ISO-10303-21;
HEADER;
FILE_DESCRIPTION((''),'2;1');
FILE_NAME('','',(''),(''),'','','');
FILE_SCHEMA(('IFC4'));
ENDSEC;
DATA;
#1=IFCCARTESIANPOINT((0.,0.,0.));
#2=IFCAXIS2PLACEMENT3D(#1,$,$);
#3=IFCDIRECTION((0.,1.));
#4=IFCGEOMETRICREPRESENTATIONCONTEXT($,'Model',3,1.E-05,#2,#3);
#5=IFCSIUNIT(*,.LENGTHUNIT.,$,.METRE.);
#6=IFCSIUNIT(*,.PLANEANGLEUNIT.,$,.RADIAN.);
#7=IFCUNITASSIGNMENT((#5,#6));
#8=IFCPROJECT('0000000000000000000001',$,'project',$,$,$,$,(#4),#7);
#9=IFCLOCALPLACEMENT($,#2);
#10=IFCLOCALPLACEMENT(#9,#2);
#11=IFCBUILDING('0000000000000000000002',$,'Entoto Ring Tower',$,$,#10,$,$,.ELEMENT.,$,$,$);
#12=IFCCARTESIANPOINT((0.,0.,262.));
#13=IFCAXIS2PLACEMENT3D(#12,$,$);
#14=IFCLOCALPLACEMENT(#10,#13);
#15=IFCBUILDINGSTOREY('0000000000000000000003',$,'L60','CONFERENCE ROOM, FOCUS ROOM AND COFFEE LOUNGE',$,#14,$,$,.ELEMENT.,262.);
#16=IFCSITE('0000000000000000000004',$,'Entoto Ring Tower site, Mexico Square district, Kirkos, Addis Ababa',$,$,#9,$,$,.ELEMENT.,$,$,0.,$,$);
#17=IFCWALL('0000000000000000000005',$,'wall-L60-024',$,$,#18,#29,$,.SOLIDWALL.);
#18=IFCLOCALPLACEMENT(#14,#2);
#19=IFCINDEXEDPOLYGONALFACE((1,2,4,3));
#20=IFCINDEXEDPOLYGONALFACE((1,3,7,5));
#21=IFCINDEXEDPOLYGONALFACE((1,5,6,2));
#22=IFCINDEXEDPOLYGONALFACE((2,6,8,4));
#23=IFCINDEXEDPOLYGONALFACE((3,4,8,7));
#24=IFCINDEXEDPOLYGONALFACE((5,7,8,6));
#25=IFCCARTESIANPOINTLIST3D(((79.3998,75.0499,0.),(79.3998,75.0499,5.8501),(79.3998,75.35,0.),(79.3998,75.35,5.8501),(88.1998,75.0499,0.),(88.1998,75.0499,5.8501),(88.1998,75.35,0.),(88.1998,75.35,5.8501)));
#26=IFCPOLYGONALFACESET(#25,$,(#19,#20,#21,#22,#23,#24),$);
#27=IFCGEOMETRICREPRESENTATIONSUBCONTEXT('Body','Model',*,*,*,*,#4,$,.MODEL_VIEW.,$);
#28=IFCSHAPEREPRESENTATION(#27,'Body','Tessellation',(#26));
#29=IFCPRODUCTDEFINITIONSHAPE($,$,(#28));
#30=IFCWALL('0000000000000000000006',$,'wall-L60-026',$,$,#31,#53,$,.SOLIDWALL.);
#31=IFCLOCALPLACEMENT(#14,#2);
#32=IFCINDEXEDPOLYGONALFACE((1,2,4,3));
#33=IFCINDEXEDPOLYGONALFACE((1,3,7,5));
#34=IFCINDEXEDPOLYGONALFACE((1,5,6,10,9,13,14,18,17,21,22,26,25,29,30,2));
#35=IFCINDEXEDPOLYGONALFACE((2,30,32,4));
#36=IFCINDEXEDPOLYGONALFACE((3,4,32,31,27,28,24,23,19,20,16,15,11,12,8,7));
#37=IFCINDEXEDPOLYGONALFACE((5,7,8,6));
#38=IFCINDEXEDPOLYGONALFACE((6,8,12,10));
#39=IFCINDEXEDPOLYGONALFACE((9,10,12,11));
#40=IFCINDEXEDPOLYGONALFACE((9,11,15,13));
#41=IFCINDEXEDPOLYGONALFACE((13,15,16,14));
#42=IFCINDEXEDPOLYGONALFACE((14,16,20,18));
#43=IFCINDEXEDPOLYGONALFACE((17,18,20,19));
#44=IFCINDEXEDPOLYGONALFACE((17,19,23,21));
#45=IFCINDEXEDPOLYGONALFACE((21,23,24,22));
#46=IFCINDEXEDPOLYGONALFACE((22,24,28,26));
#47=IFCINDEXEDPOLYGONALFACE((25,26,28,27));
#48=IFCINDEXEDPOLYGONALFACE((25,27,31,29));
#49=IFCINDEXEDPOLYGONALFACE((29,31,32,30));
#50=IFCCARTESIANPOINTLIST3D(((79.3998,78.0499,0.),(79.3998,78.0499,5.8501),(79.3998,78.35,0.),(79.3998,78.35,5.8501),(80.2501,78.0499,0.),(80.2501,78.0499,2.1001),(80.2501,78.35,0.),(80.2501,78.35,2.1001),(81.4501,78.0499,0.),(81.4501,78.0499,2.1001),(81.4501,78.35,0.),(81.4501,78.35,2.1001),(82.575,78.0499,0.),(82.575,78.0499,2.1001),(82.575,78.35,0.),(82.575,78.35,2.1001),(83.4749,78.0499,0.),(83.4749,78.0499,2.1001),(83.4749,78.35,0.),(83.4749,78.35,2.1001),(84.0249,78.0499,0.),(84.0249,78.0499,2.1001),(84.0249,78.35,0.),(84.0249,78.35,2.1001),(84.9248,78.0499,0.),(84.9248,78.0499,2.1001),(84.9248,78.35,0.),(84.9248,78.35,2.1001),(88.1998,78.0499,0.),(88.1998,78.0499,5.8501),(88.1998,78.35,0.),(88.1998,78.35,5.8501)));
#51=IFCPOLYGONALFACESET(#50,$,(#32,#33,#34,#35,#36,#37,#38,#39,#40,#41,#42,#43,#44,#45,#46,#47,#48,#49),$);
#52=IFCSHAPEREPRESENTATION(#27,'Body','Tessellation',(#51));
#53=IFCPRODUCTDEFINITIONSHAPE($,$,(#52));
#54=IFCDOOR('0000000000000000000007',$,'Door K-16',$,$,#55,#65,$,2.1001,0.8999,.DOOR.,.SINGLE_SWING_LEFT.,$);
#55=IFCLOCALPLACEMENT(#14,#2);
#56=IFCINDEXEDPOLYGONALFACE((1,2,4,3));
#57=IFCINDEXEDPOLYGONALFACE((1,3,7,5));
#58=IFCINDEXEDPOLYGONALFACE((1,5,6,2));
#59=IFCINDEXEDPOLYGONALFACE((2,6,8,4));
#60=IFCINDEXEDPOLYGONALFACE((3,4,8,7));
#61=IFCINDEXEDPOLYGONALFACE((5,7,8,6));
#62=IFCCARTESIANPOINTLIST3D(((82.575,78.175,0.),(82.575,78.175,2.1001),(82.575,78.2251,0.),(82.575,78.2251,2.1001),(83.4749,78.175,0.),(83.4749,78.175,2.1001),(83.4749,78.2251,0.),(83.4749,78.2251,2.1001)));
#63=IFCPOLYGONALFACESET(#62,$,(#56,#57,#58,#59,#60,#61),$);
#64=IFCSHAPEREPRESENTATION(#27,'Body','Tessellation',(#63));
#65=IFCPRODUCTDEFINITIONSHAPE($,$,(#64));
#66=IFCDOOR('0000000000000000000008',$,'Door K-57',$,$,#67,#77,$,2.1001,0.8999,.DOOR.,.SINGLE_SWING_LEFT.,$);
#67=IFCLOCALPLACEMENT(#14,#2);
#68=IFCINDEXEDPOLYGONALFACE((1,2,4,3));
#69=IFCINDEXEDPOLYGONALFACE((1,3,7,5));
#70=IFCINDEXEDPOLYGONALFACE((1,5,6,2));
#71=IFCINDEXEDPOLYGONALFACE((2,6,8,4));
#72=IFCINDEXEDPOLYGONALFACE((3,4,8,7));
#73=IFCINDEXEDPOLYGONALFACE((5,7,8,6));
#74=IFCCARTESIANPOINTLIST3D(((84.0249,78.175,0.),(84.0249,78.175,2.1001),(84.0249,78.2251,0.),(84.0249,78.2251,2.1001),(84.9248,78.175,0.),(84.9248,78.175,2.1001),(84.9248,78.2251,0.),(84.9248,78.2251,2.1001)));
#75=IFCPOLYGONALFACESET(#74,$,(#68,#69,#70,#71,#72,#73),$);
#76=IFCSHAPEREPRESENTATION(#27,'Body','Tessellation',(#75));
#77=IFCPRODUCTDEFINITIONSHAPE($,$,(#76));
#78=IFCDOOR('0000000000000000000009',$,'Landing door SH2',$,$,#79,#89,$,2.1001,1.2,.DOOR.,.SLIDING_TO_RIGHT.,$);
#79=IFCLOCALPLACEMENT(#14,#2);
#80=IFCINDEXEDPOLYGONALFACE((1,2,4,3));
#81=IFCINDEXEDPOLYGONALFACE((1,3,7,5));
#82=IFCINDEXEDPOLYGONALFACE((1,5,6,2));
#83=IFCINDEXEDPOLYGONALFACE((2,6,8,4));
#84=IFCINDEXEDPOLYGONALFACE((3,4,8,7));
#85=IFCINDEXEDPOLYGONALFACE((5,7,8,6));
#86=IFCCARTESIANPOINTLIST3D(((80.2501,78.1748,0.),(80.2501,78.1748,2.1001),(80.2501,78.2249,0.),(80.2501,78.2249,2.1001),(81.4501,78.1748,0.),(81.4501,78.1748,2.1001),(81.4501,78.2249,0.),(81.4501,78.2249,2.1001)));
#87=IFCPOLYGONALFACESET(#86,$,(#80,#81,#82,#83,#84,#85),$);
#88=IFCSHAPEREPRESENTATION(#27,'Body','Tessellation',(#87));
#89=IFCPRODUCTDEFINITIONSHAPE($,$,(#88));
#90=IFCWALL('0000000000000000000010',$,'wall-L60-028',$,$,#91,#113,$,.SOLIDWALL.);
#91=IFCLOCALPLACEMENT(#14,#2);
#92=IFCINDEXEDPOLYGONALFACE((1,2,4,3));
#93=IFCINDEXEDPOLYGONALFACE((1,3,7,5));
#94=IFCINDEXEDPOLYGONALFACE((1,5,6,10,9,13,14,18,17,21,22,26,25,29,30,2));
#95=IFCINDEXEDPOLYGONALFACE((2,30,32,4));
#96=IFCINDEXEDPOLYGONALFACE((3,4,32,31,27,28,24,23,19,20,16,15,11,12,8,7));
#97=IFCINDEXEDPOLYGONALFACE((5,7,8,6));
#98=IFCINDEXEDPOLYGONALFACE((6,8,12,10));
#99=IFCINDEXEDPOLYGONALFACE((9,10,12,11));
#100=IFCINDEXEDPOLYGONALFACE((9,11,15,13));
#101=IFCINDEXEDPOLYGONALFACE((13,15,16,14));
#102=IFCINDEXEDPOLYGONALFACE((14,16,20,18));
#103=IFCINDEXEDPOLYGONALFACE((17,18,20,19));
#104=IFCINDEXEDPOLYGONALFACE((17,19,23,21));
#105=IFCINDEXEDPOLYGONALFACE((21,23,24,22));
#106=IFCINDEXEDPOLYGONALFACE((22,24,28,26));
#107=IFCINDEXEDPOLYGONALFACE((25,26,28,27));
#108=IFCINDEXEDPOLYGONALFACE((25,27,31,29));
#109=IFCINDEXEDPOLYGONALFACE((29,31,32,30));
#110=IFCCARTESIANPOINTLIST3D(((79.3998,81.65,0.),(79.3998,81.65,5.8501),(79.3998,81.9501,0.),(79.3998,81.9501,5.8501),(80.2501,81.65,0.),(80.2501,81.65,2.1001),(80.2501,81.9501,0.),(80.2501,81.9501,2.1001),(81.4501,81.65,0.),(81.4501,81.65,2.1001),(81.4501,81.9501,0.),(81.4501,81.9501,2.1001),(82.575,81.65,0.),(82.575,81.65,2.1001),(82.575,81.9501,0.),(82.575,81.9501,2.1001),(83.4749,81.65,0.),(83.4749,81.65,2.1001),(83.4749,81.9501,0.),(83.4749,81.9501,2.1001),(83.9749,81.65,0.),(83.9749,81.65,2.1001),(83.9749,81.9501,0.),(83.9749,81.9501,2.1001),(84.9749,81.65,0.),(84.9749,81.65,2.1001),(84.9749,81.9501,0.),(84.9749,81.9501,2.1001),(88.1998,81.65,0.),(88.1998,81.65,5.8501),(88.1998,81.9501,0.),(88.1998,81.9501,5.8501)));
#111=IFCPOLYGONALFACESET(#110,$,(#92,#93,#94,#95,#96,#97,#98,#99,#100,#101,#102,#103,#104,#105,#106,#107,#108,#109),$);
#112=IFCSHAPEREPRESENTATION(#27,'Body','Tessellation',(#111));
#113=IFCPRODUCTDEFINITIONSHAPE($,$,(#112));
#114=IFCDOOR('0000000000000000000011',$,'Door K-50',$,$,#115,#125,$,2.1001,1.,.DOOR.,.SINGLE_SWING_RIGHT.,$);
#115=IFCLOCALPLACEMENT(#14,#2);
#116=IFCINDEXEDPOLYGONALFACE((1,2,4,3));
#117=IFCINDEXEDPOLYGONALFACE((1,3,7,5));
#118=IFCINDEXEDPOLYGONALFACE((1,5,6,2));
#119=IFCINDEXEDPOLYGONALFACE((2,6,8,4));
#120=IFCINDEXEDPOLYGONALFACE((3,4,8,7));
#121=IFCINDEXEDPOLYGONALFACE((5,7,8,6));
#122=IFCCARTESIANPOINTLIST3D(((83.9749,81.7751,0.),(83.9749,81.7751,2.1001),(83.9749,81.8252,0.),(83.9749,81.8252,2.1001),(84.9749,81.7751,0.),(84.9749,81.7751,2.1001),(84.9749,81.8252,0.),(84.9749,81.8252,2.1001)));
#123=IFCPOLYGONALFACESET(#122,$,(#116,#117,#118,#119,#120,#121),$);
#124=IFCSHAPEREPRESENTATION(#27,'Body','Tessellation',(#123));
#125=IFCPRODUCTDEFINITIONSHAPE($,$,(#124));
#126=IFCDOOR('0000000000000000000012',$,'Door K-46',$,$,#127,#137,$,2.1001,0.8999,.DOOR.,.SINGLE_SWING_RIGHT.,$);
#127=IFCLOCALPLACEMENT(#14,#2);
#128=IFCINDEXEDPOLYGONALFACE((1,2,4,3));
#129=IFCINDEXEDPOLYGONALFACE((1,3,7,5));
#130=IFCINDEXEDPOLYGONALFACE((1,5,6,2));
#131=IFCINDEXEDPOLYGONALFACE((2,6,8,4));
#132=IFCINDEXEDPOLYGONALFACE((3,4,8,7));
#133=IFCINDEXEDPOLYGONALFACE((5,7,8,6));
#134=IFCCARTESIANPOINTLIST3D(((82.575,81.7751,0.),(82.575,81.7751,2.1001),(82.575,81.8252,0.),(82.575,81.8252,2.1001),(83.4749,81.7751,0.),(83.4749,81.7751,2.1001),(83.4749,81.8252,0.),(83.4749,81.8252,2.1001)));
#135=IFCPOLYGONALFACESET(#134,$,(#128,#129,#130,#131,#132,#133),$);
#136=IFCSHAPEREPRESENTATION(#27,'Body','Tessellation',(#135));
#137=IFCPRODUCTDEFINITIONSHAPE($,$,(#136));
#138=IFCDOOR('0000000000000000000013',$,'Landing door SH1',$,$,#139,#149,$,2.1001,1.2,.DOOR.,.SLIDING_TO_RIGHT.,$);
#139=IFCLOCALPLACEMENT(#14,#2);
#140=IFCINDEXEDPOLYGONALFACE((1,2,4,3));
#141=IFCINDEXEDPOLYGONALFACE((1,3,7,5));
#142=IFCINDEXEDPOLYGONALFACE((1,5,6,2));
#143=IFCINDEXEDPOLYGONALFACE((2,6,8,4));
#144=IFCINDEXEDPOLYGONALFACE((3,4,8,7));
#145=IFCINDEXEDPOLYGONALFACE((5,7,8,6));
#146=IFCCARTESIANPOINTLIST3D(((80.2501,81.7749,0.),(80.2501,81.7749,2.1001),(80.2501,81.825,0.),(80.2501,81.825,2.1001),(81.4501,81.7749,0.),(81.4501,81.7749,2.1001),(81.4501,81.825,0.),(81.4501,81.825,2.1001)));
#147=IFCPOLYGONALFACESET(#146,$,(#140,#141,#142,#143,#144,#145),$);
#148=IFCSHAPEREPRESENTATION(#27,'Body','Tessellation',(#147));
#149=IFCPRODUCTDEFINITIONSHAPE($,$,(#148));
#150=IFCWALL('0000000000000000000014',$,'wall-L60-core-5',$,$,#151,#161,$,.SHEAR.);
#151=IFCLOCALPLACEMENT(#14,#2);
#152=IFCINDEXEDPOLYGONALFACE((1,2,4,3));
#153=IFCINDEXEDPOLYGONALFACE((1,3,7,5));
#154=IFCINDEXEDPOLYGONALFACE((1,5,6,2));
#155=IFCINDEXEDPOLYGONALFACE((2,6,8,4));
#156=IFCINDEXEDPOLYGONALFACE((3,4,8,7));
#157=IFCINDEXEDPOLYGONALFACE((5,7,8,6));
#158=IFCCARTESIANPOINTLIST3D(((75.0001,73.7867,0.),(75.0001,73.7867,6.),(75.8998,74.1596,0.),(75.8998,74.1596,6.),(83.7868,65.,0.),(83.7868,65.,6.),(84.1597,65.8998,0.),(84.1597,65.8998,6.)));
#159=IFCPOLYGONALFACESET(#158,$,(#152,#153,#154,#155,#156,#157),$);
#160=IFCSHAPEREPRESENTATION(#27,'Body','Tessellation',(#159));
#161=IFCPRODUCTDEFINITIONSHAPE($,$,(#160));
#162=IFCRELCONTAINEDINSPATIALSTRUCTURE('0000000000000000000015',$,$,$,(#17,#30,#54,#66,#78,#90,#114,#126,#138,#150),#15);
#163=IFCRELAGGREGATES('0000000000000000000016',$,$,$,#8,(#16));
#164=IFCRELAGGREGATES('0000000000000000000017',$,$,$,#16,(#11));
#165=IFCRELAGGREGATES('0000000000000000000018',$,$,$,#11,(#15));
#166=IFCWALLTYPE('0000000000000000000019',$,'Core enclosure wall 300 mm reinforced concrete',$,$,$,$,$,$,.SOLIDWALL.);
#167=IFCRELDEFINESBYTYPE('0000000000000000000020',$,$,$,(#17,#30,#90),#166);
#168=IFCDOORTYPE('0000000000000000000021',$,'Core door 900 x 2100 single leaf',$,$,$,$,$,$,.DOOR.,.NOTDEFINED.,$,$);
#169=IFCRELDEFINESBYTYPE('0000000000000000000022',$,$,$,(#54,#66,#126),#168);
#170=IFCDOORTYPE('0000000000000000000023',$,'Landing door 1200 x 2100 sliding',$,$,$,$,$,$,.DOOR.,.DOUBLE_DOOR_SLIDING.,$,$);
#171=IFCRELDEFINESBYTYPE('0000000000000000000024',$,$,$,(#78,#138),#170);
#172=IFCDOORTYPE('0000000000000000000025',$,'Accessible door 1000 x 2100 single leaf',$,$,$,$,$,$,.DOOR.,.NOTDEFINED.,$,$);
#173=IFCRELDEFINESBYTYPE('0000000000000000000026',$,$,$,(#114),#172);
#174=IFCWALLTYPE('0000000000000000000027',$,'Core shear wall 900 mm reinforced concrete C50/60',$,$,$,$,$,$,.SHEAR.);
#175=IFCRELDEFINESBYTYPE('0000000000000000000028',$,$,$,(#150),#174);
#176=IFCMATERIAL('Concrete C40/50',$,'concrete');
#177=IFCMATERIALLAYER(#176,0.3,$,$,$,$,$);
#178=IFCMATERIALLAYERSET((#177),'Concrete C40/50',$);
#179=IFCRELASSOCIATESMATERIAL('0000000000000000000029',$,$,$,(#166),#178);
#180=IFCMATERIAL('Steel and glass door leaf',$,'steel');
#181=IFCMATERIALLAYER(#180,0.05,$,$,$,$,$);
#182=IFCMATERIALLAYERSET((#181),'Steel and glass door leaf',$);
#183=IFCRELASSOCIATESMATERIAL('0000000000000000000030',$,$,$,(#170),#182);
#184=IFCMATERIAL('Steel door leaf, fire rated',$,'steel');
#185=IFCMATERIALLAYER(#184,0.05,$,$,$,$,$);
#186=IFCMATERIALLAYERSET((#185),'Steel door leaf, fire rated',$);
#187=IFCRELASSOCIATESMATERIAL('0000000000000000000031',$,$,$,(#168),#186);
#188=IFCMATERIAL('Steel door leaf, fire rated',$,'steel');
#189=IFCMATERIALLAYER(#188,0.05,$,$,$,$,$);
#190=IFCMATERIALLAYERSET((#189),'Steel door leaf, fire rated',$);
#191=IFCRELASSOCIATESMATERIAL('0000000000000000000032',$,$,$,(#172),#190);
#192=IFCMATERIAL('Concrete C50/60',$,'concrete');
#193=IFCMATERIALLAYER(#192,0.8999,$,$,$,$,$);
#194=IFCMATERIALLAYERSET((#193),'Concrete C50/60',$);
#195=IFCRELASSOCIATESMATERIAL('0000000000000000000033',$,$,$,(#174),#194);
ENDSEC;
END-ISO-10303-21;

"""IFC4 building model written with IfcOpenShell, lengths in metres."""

from ifc_helpers import new_model, si_unit, direction, frame, frame_2d, origin, place, context, subcontext, project, spatial, polyline, rectangle, outline, extrude, material, layer, layer_set, type_object, element, fill, save


model = new_model("IFC4")

# Units and contexts
model_context = context("Model", 3, precision=1e-05, world=origin(), true_north=direction((0.0, 1.0)))
body_context = subcontext(model_context, "Body", "Model", "MODEL_VIEW")
ifc_project = project(units=[si_unit("LENGTHUNIT", "METRE"), si_unit("PLANEANGLEUNIT", "RADIAN")], contexts=[model_context])

# Site, building, storey
site_placement = place(None, origin())
site = spatial("IfcSite", under=ifc_project, at=site_placement, Name="Entoto Ring Tower site, Mexico Square district, Kirkos, Addis Ababa", CompositionType="ELEMENT", RefElevation=0.0)
building_placement = place(site_placement, origin())
building = spatial("IfcBuilding", under=site, at=building_placement, Name="Entoto Ring Tower", CompositionType="ELEMENT")
storey_placement = place(building_placement, frame((0.0, 0.0, 262.0)))
storey = spatial("IfcBuildingStorey", under=building, at=storey_placement, Name="L60", Description="CONFERENCE ROOM, FOCUS ROOM AND COFFEE LOUNGE", CompositionType="ELEMENT", Elevation=262.0)

# Shared definitions
ifc_material_1 = material(Name="Concrete C40/50", Category="concrete")
ifc_layer_1 = layer(ifc_material_1, 0.3)
ifc_layer_set_1 = layer_set([ifc_layer_1], Name="Concrete C40/50")
wall_type_1 = type_object("IfcWallType", Name="Core enclosure wall 300 mm reinforced concrete", PredefinedType="SOLIDWALL", material=ifc_layer_set_1)
ifc_material_2 = material(Name="Steel and glass door leaf", Category="steel")
ifc_layer_2 = layer(ifc_material_2, 0.05)
ifc_layer_set_2 = layer_set([ifc_layer_2], Name="Steel and glass door leaf")
door_type_1 = type_object("IfcDoorType", Name="Landing door 1200 x 2100 sliding", OperationType="DOUBLE_DOOR_SLIDING", PredefinedType="DOOR", material=ifc_layer_set_2)

# Wall
wall_1_placement = place(storey_placement, frame((79.3999, 75.2, 0.0), z_axis=(0.0, 0.0, 1.0), x_axis=(1.0, 0.0, 0.0)))
element("IfcWall", 1, at=wall_1_placement, inside=storey, type_object=wall_type_1, Name="wall-L60-024", PredefinedType="SOLIDWALL", context=body_context, shape_type="SweptSolid", body=[
    extrude(rectangle(XDim=8.8, YDim=0.3, at=frame_2d((4.3999, 0.0))), origin(), (0.0, 0.0, 1.0), 5.8501),
])

# Walls, openings, doors
wall_2_placement = place(storey_placement, frame((79.3999, 78.2, 0.0), z_axis=(0.0, 0.0, 1.0), x_axis=(1.0, 0.0, 0.0)))
wall_2 = element("IfcWall", 2, at=wall_2_placement, inside=storey, type_object=wall_type_1, Name="wall-L60-026", PredefinedType="SOLIDWALL", context=body_context, shape_type="SweptSolid", body=[
    extrude(rectangle(XDim=8.8, YDim=0.3, at=frame_2d((4.3999, 0.0))), origin(), (0.0, 0.0, 1.0), 5.8501),
])
opening_1_placement = place(wall_2_placement, frame((0.8501, 0.0, 0.0)))
opening_1 = element("IfcOpeningElement", 3, at=opening_1_placement, cuts=wall_2, PredefinedType="OPENING", context=body_context, shape_type="SweptSolid", body=[
    extrude(rectangle(XDim=1.2, YDim=2.1001, at=frame_2d((0.6001, 1.05))), frame((0.0, 0.1602, 0.0), z_axis=(0.0, -1.0, 0.0), x_axis=(1.0, 0.0, 0.0)), (0.0, 0.0, 1.0), 0.3201),
])
opening_2_placement = place(wall_2_placement, frame((3.175, 0.0, 0.0)))
opening_2 = element("IfcOpeningElement", 4, at=opening_2_placement, cuts=wall_2, PredefinedType="OPENING", context=body_context, shape_type="SweptSolid", body=[
    extrude(rectangle(XDim=0.8999, YDim=2.1001, at=frame_2d((0.45, 1.05))), frame((0.0, 0.1602, 0.0), z_axis=(0.0, -1.0, 0.0), x_axis=(1.0, 0.0, 0.0)), (0.0, 0.0, 1.0), 0.3201),
])
opening_3_placement = place(wall_2_placement, frame((4.625, 0.0, 0.0)))
opening_3 = element("IfcOpeningElement", 5, at=opening_3_placement, cuts=wall_2, PredefinedType="OPENING", context=body_context, shape_type="SweptSolid", body=[
    extrude(rectangle(XDim=0.8999, YDim=2.1001, at=frame_2d((0.45, 1.05))), frame((0.0, 0.1602, 0.0), z_axis=(0.0, -1.0, 0.0), x_axis=(1.0, 0.0, 0.0)), (0.0, 0.0, 1.0), 0.3201),
])
ifc_material_3 = material(Name="Steel door leaf, fire rated", Category="steel")
ifc_layer_3 = layer(ifc_material_3, 0.05)
ifc_layer_set_3 = layer_set([ifc_layer_3], Name="Steel door leaf, fire rated")
door_type_2 = type_object("IfcDoorType", Name="Core door 900 x 2100 single leaf", OperationType="NOTDEFINED", PredefinedType="DOOR", material=ifc_layer_set_3)
door_1_placement = place(opening_2_placement, frame((0.8999, 0.0, 0.0), z_axis=(0.0, 0.0, 1.0), x_axis=(-1.0, 0.0, 0.0)))
door_1 = element("IfcDoor", 6, at=door_1_placement, inside=storey, type_object=door_type_2, Name="Door K-16", OperationType="SINGLE_SWING_LEFT", OverallHeight=2.1001, OverallWidth=0.8999, PredefinedType="DOOR", context=body_context, shape_type="SweptSolid", body=[
    extrude(rectangle(XDim=0.8999, YDim=2.1001, at=frame_2d((0.45, 1.05))), frame((0.0, 0.0249, 0.0), z_axis=(0.0, -1.0, 0.0), x_axis=(1.0, 0.0, 0.0)), (0.0, 0.0, 1.0), 0.05),
])
fill(opening_2, door_1)
door_2_placement = place(opening_3_placement, frame((0.8999, 0.0, 0.0), z_axis=(0.0, 0.0, 1.0), x_axis=(-1.0, 0.0, 0.0)))
door_2 = element("IfcDoor", 7, at=door_2_placement, inside=storey, type_object=door_type_2, Name="Door K-57", OperationType="SINGLE_SWING_LEFT", OverallHeight=2.1001, OverallWidth=0.8999, PredefinedType="DOOR", context=body_context, shape_type="SweptSolid", body=[
    extrude(rectangle(XDim=0.8999, YDim=2.1001, at=frame_2d((0.45, 1.05))), frame((0.0, 0.0249, 0.0), z_axis=(0.0, -1.0, 0.0), x_axis=(1.0, 0.0, 0.0)), (0.0, 0.0, 1.0), 0.05),
])
fill(opening_3, door_2)
door_3_placement = place(opening_1_placement, origin())
door_3 = element("IfcDoor", 8, at=door_3_placement, inside=storey, type_object=door_type_1, Name="Landing door SH2", OperationType="SLIDING_TO_RIGHT", OverallHeight=2.1001, OverallWidth=1.2, PredefinedType="DOOR", context=body_context, shape_type="SweptSolid", body=[
    extrude(rectangle(XDim=1.2, YDim=2.1001, at=frame_2d((0.6001, 1.05))), frame((0.0, 0.0249, 0.0), z_axis=(0.0, -1.0, 0.0), x_axis=(1.0, 0.0, 0.0)), (0.0, 0.0, 1.0), 0.05),
])
fill(opening_1, door_3)
wall_3_placement = place(storey_placement, frame((79.3999, 81.8, 0.0), z_axis=(0.0, 0.0, 1.0), x_axis=(1.0, 0.0, 0.0)))
wall_3 = element("IfcWall", 9, at=wall_3_placement, inside=storey, type_object=wall_type_1, Name="wall-L60-028", PredefinedType="SOLIDWALL", context=body_context, shape_type="SweptSolid", body=[
    extrude(rectangle(XDim=8.8, YDim=0.3, at=frame_2d((4.3999, 0.0))), origin(), (0.0, 0.0, 1.0), 5.8501),
])
opening_4_placement = place(wall_3_placement, frame((0.8501, 0.0, 0.0)))
opening_4 = element("IfcOpeningElement", 10, at=opening_4_placement, cuts=wall_3, PredefinedType="OPENING", context=body_context, shape_type="SweptSolid", body=[
    extrude(rectangle(XDim=1.2, YDim=2.1001, at=frame_2d((0.6001, 1.05))), frame((0.0, 0.1602, 0.0), z_axis=(0.0, -1.0, 0.0), x_axis=(1.0, 0.0, 0.0)), (0.0, 0.0, 1.0), 0.3201),
])
opening_5_placement = place(wall_3_placement, frame((3.175, 0.0, 0.0)))
opening_5 = element("IfcOpeningElement", 11, at=opening_5_placement, cuts=wall_3, PredefinedType="OPENING", context=body_context, shape_type="SweptSolid", body=[
    extrude(rectangle(XDim=0.8999, YDim=2.1001, at=frame_2d((0.45, 1.05))), frame((0.0, 0.1602, 0.0), z_axis=(0.0, -1.0, 0.0), x_axis=(1.0, 0.0, 0.0)), (0.0, 0.0, 1.0), 0.3201),
])
opening_6_placement = place(wall_3_placement, frame((4.575, 0.0, 0.0)))
opening_6 = element("IfcOpeningElement", 12, at=opening_6_placement, cuts=wall_3, PredefinedType="OPENING", context=body_context, shape_type="SweptSolid", body=[
    extrude(rectangle(XDim=1.0, YDim=2.1001, at=frame_2d((0.5, 1.05))), frame((0.0, 0.1602, 0.0), z_axis=(0.0, -1.0, 0.0), x_axis=(1.0, 0.0, 0.0)), (0.0, 0.0, 1.0), 0.3201),
])
ifc_material_4 = material(Name="Steel door leaf, fire rated", Category="steel")
ifc_layer_4 = layer(ifc_material_4, 0.05)
ifc_layer_set_4 = layer_set([ifc_layer_4], Name="Steel door leaf, fire rated")
door_type_3 = type_object("IfcDoorType", Name="Accessible door 1000 x 2100 single leaf", OperationType="NOTDEFINED", PredefinedType="DOOR", material=ifc_layer_set_4)
door_4_placement = place(opening_6_placement, frame((1.0, 0.0, 0.0), z_axis=(0.0, 0.0, 1.0), x_axis=(-1.0, 0.0, 0.0)))
door_4 = element("IfcDoor", 13, at=door_4_placement, inside=storey, type_object=door_type_3, Name="Door K-50", OperationType="SINGLE_SWING_RIGHT", OverallHeight=2.1001, OverallWidth=1.0, PredefinedType="DOOR", context=body_context, shape_type="SweptSolid", body=[
    extrude(rectangle(XDim=1.0, YDim=2.1001, at=frame_2d((0.5, 1.05))), frame((0.0, 0.0249, 0.0), z_axis=(0.0, -1.0, 0.0), x_axis=(1.0, 0.0, 0.0)), (0.0, 0.0, 1.0), 0.05),
])
fill(opening_6, door_4)
door_5_placement = place(opening_5_placement, frame((0.8999, 0.0, 0.0), z_axis=(0.0, 0.0, 1.0), x_axis=(-1.0, 0.0, 0.0)))
door_5 = element("IfcDoor", 14, at=door_5_placement, inside=storey, type_object=door_type_2, Name="Door K-46", OperationType="SINGLE_SWING_RIGHT", OverallHeight=2.1001, OverallWidth=0.8999, PredefinedType="DOOR", context=body_context, shape_type="SweptSolid", body=[
    extrude(rectangle(XDim=0.8999, YDim=2.1001, at=frame_2d((0.45, 1.05))), frame((0.0, 0.0249, 0.0), z_axis=(0.0, -1.0, 0.0), x_axis=(1.0, 0.0, 0.0)), (0.0, 0.0, 1.0), 0.05),
])
fill(opening_5, door_5)
door_6_placement = place(opening_4_placement, origin())
door_6 = element("IfcDoor", 15, at=door_6_placement, inside=storey, type_object=door_type_1, Name="Landing door SH1", OperationType="SLIDING_TO_RIGHT", OverallHeight=2.1001, OverallWidth=1.2, PredefinedType="DOOR", context=body_context, shape_type="SweptSolid", body=[
    extrude(rectangle(XDim=1.2, YDim=2.1001, at=frame_2d((0.6001, 1.05))), frame((0.0, 0.0249, 0.0), z_axis=(0.0, -1.0, 0.0), x_axis=(1.0, 0.0, 0.0)), (0.0, 0.0, 1.0), 0.05),
])
fill(opening_4, door_6)

# Wall
ifc_material_5 = material(Name="Concrete C50/60", Category="concrete")
ifc_layer_5 = layer(ifc_material_5, 0.8999)
ifc_layer_set_5 = layer_set([ifc_layer_5], Name="Concrete C50/60")
wall_type_2 = type_object("IfcWallType", Name="Core shear wall 900 mm reinforced concrete C50/60", PredefinedType="SHEAR", material=ifc_layer_set_5)
wall_4_placement = place(storey_placement, frame((75.45, 73.9731, 0.0), z_axis=(0.0, 0.0, 1.0), x_axis=(0.707107, -0.707107, 0.0)))
element("IfcWall", 16, at=wall_4_placement, inside=storey, type_object=wall_type_2, Name="wall-L60-core-5", PredefinedType="SHEAR", context=body_context, shape_type="SweptSolid", body=[
    extrude(outline(polyline([(-0.1863, -0.45), (12.24, -0.45), (11.8674, 0.45), (0.1863, 0.45), (-0.1863, -0.45)])), origin(), (0.0, 0.0, 1.0), 6.0),
])

save(model, "model.ifc")
